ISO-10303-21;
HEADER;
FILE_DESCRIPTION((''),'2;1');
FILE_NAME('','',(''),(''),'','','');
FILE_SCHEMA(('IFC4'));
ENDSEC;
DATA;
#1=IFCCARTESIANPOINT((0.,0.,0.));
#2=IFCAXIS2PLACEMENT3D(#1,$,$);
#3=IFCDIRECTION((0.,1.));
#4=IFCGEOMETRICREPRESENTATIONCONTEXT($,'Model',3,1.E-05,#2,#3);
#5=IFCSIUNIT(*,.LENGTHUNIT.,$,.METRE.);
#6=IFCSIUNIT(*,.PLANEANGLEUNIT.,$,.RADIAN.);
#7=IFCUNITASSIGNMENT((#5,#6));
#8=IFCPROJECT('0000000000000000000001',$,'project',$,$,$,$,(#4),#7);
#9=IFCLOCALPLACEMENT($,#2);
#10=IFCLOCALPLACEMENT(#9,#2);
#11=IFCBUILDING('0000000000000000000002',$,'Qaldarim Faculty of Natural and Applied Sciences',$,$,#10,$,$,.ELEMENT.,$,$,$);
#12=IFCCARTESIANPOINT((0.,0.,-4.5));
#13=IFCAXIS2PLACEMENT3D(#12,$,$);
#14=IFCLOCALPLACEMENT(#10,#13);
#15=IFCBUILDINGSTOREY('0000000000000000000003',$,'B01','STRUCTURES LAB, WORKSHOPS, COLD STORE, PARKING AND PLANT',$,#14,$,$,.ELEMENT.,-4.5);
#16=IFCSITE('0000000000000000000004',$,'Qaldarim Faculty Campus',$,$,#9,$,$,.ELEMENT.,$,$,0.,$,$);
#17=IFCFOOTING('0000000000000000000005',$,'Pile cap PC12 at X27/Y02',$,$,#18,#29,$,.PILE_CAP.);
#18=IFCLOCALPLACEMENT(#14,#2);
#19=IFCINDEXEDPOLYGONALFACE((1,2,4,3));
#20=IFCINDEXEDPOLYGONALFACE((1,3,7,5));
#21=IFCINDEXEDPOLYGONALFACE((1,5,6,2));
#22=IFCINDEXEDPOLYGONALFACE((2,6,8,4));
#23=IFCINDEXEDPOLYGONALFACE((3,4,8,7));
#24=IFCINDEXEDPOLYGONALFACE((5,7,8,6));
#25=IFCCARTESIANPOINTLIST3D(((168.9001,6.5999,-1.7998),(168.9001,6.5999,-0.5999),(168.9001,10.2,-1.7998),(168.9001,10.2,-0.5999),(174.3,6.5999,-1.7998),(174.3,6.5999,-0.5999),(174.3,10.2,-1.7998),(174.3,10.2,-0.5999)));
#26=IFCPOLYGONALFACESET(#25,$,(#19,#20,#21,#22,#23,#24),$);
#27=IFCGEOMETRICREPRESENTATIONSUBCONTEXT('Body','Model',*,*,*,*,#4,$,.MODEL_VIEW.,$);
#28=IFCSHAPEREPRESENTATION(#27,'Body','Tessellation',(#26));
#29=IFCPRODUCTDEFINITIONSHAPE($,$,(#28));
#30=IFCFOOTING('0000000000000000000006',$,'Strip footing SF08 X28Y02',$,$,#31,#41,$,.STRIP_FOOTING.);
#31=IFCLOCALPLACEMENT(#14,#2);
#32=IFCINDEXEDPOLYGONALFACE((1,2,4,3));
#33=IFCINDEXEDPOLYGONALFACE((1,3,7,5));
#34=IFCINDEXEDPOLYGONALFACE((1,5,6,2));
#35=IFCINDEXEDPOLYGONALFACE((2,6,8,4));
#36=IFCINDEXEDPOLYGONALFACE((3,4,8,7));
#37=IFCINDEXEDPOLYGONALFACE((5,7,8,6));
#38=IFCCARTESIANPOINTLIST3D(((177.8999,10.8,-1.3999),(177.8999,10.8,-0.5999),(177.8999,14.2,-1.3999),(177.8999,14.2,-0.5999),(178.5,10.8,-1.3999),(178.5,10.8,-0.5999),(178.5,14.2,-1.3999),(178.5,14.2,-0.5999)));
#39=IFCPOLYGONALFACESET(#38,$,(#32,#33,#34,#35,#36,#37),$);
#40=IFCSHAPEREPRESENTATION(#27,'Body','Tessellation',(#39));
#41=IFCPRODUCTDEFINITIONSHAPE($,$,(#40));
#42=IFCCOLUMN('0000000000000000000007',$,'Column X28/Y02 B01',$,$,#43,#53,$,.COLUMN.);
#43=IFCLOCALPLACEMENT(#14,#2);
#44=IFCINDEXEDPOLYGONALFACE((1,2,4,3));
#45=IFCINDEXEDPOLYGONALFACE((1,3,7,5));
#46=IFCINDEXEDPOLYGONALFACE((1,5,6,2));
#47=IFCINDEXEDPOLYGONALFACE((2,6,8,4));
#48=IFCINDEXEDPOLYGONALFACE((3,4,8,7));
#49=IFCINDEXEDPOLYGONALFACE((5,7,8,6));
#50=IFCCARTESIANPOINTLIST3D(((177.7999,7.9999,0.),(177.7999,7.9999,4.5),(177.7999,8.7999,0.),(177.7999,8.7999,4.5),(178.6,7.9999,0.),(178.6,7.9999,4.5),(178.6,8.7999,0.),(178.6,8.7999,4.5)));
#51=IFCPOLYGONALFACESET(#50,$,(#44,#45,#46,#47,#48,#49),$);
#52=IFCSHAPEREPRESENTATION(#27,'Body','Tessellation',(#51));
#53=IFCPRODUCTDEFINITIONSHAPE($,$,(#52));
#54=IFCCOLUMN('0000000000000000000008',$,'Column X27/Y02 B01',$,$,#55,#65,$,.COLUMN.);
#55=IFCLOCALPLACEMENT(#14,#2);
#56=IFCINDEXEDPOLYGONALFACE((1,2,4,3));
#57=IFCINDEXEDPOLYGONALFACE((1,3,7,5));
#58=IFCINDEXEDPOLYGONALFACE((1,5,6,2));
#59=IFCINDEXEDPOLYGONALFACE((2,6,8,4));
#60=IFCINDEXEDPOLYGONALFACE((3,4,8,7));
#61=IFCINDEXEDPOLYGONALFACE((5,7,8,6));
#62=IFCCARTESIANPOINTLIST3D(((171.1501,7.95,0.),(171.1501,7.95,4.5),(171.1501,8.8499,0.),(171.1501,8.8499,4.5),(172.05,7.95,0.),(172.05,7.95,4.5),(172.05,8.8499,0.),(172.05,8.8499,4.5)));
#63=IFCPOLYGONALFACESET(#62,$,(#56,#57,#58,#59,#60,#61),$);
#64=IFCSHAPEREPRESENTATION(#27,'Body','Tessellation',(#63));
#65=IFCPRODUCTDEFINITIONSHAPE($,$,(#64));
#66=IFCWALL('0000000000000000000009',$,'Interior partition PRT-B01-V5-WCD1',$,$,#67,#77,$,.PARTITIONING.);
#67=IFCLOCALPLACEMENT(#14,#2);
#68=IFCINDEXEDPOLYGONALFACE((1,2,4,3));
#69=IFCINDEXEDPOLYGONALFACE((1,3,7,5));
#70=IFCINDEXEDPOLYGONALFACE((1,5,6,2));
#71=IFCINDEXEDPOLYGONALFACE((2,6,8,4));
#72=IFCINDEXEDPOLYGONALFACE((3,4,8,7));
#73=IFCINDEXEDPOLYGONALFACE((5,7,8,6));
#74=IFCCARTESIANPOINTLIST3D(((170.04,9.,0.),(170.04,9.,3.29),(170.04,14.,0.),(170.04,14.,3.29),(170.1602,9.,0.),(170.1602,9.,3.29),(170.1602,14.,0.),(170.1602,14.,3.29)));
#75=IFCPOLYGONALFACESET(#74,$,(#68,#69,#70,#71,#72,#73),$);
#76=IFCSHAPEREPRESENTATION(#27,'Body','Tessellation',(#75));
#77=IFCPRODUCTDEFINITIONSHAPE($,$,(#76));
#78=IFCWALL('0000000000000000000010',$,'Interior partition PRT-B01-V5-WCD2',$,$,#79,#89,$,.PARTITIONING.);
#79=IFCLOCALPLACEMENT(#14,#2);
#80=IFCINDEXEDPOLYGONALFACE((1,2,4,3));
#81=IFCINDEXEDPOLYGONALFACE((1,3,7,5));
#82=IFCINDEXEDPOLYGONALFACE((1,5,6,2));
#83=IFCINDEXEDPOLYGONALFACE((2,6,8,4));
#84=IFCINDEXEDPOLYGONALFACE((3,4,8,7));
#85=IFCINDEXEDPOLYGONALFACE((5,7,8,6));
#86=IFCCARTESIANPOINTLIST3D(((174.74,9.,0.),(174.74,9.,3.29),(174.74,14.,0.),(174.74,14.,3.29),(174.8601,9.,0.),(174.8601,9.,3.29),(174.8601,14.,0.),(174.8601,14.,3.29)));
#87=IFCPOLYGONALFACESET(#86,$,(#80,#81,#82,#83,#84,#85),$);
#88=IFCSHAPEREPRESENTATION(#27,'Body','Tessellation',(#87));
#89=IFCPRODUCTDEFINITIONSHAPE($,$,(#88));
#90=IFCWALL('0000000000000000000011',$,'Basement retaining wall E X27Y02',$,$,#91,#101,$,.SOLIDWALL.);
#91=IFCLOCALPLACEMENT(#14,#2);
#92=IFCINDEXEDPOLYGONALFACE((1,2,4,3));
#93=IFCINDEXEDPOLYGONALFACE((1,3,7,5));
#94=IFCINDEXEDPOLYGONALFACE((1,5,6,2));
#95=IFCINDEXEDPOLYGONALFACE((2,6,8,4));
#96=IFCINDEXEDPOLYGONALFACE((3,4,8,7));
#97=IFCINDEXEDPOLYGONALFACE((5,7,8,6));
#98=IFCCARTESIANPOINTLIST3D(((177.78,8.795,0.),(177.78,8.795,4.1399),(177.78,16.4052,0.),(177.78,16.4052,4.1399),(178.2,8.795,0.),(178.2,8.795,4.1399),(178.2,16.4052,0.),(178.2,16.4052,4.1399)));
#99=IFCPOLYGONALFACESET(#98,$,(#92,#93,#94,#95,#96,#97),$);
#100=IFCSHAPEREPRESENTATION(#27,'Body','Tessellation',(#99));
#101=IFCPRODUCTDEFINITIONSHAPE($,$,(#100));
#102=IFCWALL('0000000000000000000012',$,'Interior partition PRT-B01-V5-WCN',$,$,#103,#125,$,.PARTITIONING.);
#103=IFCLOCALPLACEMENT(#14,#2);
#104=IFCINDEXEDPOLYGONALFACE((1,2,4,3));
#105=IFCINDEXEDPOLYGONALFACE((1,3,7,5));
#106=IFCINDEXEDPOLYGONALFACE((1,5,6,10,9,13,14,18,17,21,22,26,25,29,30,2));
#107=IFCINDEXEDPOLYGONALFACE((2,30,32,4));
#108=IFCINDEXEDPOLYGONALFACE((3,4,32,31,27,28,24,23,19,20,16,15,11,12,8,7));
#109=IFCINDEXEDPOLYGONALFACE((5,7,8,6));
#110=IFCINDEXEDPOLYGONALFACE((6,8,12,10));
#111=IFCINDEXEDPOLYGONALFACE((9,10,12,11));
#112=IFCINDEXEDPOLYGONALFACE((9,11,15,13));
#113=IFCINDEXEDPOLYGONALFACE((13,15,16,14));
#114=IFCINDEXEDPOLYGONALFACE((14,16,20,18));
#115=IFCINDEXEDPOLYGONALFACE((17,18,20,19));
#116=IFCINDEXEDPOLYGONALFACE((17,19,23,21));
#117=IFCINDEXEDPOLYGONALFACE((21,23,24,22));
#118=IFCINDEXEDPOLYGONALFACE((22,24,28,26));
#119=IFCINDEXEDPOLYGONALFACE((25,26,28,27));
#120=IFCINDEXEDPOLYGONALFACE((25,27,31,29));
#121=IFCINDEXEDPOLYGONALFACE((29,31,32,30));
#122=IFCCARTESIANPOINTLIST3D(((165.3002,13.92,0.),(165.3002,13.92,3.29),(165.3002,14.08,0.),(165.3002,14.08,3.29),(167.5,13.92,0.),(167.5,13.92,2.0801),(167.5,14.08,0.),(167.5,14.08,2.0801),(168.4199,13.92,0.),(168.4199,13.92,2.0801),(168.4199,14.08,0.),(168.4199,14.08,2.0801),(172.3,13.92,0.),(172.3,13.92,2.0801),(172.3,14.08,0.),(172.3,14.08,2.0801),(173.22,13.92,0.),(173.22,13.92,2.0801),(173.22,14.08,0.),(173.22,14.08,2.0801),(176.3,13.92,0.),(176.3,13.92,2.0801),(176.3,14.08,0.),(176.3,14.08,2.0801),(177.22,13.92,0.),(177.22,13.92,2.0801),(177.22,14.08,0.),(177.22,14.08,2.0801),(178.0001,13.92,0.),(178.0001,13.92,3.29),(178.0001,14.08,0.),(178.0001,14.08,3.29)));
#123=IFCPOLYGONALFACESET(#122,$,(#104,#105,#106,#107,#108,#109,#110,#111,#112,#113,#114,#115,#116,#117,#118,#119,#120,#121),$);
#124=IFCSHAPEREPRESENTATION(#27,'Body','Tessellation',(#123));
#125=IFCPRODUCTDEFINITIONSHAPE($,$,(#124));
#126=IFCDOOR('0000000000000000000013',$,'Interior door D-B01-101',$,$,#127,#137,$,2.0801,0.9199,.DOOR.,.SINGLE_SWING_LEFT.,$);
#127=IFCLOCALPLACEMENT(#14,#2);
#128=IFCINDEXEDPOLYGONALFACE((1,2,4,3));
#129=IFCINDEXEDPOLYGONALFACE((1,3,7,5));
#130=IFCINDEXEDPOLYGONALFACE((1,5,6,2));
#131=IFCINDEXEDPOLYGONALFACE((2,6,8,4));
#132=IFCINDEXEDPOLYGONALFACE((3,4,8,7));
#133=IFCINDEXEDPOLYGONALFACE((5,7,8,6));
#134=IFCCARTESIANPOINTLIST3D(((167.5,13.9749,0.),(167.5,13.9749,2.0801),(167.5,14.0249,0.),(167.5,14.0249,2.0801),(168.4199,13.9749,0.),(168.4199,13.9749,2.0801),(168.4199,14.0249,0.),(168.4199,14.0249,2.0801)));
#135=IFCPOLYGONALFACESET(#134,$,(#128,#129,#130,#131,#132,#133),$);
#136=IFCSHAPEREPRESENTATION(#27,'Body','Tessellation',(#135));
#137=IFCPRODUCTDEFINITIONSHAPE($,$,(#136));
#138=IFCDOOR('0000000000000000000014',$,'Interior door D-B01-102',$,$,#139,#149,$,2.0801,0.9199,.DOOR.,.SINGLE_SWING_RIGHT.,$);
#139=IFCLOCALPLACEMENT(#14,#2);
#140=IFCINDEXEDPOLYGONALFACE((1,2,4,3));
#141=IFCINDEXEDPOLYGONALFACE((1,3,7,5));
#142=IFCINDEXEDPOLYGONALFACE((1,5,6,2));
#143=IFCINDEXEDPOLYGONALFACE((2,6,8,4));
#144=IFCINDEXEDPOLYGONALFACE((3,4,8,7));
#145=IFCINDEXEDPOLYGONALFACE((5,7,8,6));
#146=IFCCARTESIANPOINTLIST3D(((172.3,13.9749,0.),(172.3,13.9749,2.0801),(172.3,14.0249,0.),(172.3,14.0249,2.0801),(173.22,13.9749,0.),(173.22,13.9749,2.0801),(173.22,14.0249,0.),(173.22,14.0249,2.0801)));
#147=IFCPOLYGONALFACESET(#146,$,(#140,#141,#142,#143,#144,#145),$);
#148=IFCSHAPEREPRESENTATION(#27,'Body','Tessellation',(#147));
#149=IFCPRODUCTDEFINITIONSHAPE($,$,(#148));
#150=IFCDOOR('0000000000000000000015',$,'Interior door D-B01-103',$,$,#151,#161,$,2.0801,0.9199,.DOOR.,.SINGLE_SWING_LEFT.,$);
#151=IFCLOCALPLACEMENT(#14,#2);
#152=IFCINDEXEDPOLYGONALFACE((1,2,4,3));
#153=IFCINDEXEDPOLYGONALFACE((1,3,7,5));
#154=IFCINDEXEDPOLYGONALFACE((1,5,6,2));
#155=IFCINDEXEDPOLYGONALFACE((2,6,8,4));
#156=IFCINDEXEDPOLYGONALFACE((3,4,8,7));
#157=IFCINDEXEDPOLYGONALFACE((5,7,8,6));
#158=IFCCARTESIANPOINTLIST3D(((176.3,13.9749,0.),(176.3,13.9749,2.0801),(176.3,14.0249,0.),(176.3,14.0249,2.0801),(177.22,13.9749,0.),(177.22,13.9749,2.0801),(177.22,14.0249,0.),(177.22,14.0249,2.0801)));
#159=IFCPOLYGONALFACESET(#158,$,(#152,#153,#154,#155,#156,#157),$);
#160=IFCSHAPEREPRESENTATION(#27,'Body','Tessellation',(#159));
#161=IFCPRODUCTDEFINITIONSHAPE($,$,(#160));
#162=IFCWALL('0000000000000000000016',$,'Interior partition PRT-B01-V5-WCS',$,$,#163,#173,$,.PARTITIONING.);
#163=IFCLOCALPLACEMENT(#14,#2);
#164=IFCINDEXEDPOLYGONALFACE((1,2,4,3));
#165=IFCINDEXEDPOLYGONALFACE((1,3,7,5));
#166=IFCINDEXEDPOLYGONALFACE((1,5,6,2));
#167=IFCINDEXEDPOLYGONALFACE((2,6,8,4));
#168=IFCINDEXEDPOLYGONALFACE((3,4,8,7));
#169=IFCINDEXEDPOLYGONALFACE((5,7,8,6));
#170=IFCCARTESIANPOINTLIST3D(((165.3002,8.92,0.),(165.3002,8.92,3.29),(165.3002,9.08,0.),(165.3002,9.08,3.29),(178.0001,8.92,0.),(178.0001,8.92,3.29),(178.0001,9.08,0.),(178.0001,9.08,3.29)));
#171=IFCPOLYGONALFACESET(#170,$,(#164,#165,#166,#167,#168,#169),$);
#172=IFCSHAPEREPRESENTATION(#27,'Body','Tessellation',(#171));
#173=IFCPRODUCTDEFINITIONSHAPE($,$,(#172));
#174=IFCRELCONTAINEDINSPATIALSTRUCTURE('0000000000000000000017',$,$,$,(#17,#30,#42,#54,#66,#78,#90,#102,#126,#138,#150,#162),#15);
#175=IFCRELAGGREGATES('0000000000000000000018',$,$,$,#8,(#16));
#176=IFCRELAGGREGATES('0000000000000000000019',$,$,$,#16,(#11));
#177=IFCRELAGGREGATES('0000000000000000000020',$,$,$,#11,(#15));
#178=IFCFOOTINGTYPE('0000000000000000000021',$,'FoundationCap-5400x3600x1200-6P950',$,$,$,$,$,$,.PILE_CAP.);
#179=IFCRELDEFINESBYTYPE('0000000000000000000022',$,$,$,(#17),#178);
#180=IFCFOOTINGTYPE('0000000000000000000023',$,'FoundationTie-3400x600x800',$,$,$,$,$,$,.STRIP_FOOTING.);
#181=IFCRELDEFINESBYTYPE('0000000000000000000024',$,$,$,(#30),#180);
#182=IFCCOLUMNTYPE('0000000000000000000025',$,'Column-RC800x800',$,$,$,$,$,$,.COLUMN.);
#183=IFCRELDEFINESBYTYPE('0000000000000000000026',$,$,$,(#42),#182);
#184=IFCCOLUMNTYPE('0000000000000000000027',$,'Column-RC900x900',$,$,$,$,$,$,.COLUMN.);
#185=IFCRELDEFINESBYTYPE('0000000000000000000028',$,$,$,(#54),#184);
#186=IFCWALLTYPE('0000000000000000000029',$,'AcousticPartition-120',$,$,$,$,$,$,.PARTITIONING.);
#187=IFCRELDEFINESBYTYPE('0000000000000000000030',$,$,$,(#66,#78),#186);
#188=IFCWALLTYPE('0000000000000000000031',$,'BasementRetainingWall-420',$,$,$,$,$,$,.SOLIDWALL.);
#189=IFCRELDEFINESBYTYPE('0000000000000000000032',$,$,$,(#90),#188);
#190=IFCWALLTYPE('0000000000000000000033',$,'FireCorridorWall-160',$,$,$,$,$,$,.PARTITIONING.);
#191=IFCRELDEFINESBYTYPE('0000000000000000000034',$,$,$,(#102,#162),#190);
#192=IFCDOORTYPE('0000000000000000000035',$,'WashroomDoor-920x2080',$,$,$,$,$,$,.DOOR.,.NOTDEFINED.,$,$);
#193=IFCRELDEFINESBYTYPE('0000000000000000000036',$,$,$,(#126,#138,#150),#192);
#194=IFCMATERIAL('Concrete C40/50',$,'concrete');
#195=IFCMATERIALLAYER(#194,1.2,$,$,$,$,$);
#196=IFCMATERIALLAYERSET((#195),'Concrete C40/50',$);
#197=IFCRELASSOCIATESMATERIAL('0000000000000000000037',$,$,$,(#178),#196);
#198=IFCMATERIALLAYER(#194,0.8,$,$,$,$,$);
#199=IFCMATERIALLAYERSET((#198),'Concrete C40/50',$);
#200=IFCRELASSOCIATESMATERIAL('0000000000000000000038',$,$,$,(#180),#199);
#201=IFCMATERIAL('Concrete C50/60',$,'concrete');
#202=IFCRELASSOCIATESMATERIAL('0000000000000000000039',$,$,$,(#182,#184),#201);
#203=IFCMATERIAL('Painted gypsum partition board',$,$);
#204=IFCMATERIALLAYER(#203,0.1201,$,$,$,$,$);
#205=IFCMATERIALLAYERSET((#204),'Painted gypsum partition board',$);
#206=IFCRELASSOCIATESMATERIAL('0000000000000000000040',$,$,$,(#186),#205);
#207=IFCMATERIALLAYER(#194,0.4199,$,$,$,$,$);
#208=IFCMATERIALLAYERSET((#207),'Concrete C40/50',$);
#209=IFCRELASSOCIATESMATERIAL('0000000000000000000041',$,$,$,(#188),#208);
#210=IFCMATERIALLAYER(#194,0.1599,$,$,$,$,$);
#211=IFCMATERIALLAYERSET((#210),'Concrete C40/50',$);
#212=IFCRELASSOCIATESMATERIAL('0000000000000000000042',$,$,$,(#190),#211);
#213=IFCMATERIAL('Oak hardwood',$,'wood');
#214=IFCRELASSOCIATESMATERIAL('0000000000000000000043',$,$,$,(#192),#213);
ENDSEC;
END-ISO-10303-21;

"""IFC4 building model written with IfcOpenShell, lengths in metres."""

from ifc_helpers import new_model, si_unit, direction, frame, frame_2d, origin, origin_2d, place, context, subcontext, project, spatial, rectangle, extrude, material, layer, layer_set, material_profile, profile_set, type_object, element, fill, save


model = new_model("IFC4")

# Units and contexts
model_context = context("Model", 3, precision=1e-05, world=origin(), true_north=direction((0.0, 1.0)))
body_context = subcontext(model_context, "Body", "Model", "MODEL_VIEW")
ifc_project = project(units=[si_unit("LENGTHUNIT", "METRE"), si_unit("PLANEANGLEUNIT", "RADIAN")], contexts=[model_context])

# Site, building, storey
site_placement = place(None, origin())
site = spatial("IfcSite", under=ifc_project, at=site_placement, Name="Qaldarim Faculty Campus", CompositionType="ELEMENT", RefElevation=0.0)
building_placement = place(site_placement, origin())
building = spatial("IfcBuilding", under=site, at=building_placement, Name="Qaldarim Faculty of Natural and Applied Sciences", CompositionType="ELEMENT")
storey_placement = place(building_placement, frame((0.0, 0.0, -4.5)))
storey = spatial("IfcBuildingStorey", under=building, at=storey_placement, Name="B01", Description="STRUCTURES LAB, WORKSHOPS, COLD STORE, PARKING AND PLANT", CompositionType="ELEMENT", Elevation=-4.5)

# Shared definitions
ifc_material_1 = material(Name="Concrete C40/50", Category="concrete")

# Footings
ifc_layer_1 = layer(ifc_material_1, 1.2)
ifc_layer_set_1 = layer_set([ifc_layer_1], Name="Concrete C40/50")
footing_type_1 = type_object("IfcFootingType", Name="FoundationCap-5400x3600x1200-6P950", PredefinedType="PILE_CAP", material=ifc_layer_set_1)
footing_1_placement = place(storey_placement, frame((171.6001, 8.3999, -1.7998), z_axis=(0.0, 0.0, 1.0), x_axis=(1.0, 0.0, 0.0)))
element("IfcFooting", 1, at=footing_1_placement, inside=storey, type_object=footing_type_1, Name="Pile cap PC12 at X27/Y02", PredefinedType="PILE_CAP", context=body_context, shape_type="SweptSolid", body=[
    extrude(rectangle(XDim=5.3999, YDim=3.6001, at=origin_2d()), origin(), (0.0, 0.0, 1.0), 1.2),
])
ifc_layer_2 = layer(ifc_material_1, 0.8)
ifc_layer_set_2 = layer_set([ifc_layer_2], Name="Concrete C40/50")
footing_type_2 = type_object("IfcFootingType", Name="FoundationTie-3400x600x800", PredefinedType="STRIP_FOOTING", material=ifc_layer_set_2)
footing_2_placement = place(storey_placement, frame((178.2, 12.5, -1.3999), z_axis=(0.0, 0.0, 1.0), x_axis=(0.0, 1.0, 0.0)))
element("IfcFooting", 2, at=footing_2_placement, inside=storey, type_object=footing_type_2, Name="Strip footing SF08 X28Y02", PredefinedType="STRIP_FOOTING", context=body_context, shape_type="SweptSolid", body=[
    extrude(rectangle(XDim=3.3999, YDim=0.6001, at=origin_2d()), origin(), (0.0, 0.0, 1.0), 0.8),
])

# Columns
ifc_material_2 = material(Name="Concrete C50/60", Category="concrete")
ifc_material_profile_1 = material_profile(ifc_material_2, rectangle(XDim=0.8, YDim=0.8, at=origin_2d()), Name="RC-C800x800")
ifc_profile_set_1 = profile_set([ifc_material_profile_1], Name="Concrete C50/60")
column_type_1 = type_object("IfcColumnType", Name="Column-RC800x800", PredefinedType="COLUMN", material=ifc_profile_set_1)
column_1_placement = place(storey_placement, frame((178.2, 8.3999, 0.0), z_axis=(0.0, 0.0, 1.0), x_axis=(1.0, 0.0, 0.0)))
element("IfcColumn", 3, at=column_1_placement, inside=storey, type_object=column_type_1, Name="Column X28/Y02 B01", PredefinedType="COLUMN", context=body_context, shape_type="SweptSolid", body=[
    extrude(rectangle(XDim=0.8, YDim=0.8, at=origin_2d()), origin(), (0.0, 0.0, 1.0), 4.5),
])
ifc_material_profile_2 = material_profile(ifc_material_2, rectangle(XDim=0.8999, YDim=0.8999, at=origin_2d()), Name="RC-C900x900")
ifc_profile_set_2 = profile_set([ifc_material_profile_2], Name="Concrete C50/60")
column_type_2 = type_object("IfcColumnType", Name="Column-RC900x900", PredefinedType="COLUMN", material=ifc_profile_set_2)
column_2_placement = place(storey_placement, frame((171.6001, 8.3999, 0.0), z_axis=(0.0, 0.0, 1.0), x_axis=(1.0, 0.0, 0.0)))
element("IfcColumn", 4, at=column_2_placement, inside=storey, type_object=column_type_2, Name="Column X27/Y02 B01", PredefinedType="COLUMN", context=body_context, shape_type="SweptSolid", body=[
    extrude(rectangle(XDim=0.8999, YDim=0.8999, at=origin_2d()), origin(), (0.0, 0.0, 1.0), 4.5),
])

# Walls
ifc_material_3 = material(Name="Painted gypsum partition board")
ifc_layer_3 = layer(ifc_material_3, 0.1201)
ifc_layer_set_3 = layer_set([ifc_layer_3], Name="Painted gypsum partition board")
wall_type_1 = type_object("IfcWallType", Name="AcousticPartition-120", PredefinedType="PARTITIONING", material=ifc_layer_set_3)
for number, where, z_axis, x_axis, name in (
    (5, (170.1001, 9.0, 0.0), (0.0, 0.0, 1.0), (0.0, 1.0, 0.0), "Interior partition PRT-B01-V5-WCD1"),
    (6, (174.8, 9.0, 0.0), (0.0, 0.0, 1.0), (0.0, 1.0, 0.0), "Interior partition PRT-B01-V5-WCD2"),
):
    element("IfcWall", number, at=place(storey_placement, frame(where, z_axis=z_axis, x_axis=x_axis)), inside=storey, type_object=wall_type_1, Name=name, PredefinedType="PARTITIONING", context=body_context, shape_type="SweptSolid", body=[
        extrude(rectangle(XDim=5.0, YDim=0.1201, at=frame_2d((2.5, 0.0))), origin(), (0.0, 0.0, 1.0), 3.29),
    ])
ifc_layer_4 = layer(ifc_material_1, 0.4199)
ifc_layer_set_4 = layer_set([ifc_layer_4], Name="Concrete C40/50")
wall_type_2 = type_object("IfcWallType", Name="BasementRetainingWall-420", PredefinedType="SOLIDWALL", material=ifc_layer_set_4)
wall_1_placement = place(storey_placement, frame((177.99, 8.7949, 0.0), z_axis=(0.0, 0.0, 1.0), x_axis=(0.0, 1.0, 0.0)))
element("IfcWall", 7, at=wall_1_placement, inside=storey, type_object=wall_type_2, Name="Basement retaining wall E X27Y02", PredefinedType="SOLIDWALL", context=body_context, shape_type="SweptSolid", body=[
    extrude(rectangle(XDim=7.6101, YDim=0.4199, at=frame_2d((3.8052, 0.0))), origin(), (0.0, 0.0, 1.0), 4.1399),
])

# Wall, openings, doors
ifc_layer_5 = layer(ifc_material_1, 0.1599)
ifc_layer_set_5 = layer_set([ifc_layer_5], Name="Concrete C40/50")
wall_type_3 = type_object("IfcWallType", Name="FireCorridorWall-160", PredefinedType="PARTITIONING", material=ifc_layer_set_5)
wall_2_placement = place(storey_placement, frame((165.3, 14.0, 0.0), z_axis=(0.0, 0.0, 1.0), x_axis=(1.0, 0.0, 0.0)))
wall_2 = element("IfcWall", 8, at=wall_2_placement, inside=storey, type_object=wall_type_3, Name="Interior partition PRT-B01-V5-WCN", PredefinedType="PARTITIONING", context=body_context, shape_type="SweptSolid", body=[
    extrude(rectangle(XDim=12.7, YDim=0.1599, at=frame_2d((6.3501, 0.0))), origin(), (0.0, 0.0, 1.0), 3.29),
])
opening_1_placement = place(wall_2_placement, frame((2.2, 0.0, 0.0)))
opening_1 = element("IfcOpeningElement", 9, at=opening_1_placement, cuts=wall_2, PredefinedType="OPENING", context=body_context, shape_type="SweptSolid", body=[
    extrude(rectangle(XDim=0.9199, YDim=2.0801, at=frame_2d((0.46, 1.04))), frame((0.0, 0.0898, 0.0), z_axis=(0.0, -1.0, 0.0), x_axis=(1.0, 0.0, 0.0)), (0.0, 0.0, 1.0), 0.1799),
])
opening_2_placement = place(wall_2_placement, frame((7.0, 0.0, 0.0)))
opening_2 = element("IfcOpeningElement", 10, at=opening_2_placement, cuts=wall_2, PredefinedType="OPENING", context=body_context, shape_type="SweptSolid", body=[
    extrude(rectangle(XDim=0.9199, YDim=2.0801, at=frame_2d((0.46, 1.04))), frame((0.0, 0.0898, 0.0), z_axis=(0.0, -1.0, 0.0), x_axis=(1.0, 0.0, 0.0)), (0.0, 0.0, 1.0), 0.1799),
])
opening_3_placement = place(wall_2_placement, frame((11.0, 0.0, 0.0)))
opening_3 = element("IfcOpeningElement", 11, at=opening_3_placement, cuts=wall_2, PredefinedType="OPENING", context=body_context, shape_type="SweptSolid", body=[
    extrude(rectangle(XDim=0.9199, YDim=2.0801, at=frame_2d((0.46, 1.04))), frame((0.0, 0.0898, 0.0), z_axis=(0.0, -1.0, 0.0), x_axis=(1.0, 0.0, 0.0)), (0.0, 0.0, 1.0), 0.1799),
])
ifc_material_4 = material(Name="Oak hardwood", Category="wood")
door_type = type_object("IfcDoorType", Name="WashroomDoor-920x2080", OperationType="NOTDEFINED", PredefinedType="DOOR", material=ifc_material_4)
door_1_placement = place(opening_1_placement, origin())
door_1 = element("IfcDoor", 12, at=door_1_placement, inside=storey, type_object=door_type, Name="Interior door D-B01-101", OperationType="SINGLE_SWING_LEFT", OverallHeight=2.0801, OverallWidth=0.9199, PredefinedType="DOOR", context=body_context, shape_type="SweptSolid", body=[
    extrude(rectangle(XDim=0.9199, YDim=2.0801, at=frame_2d((0.46, 1.04))), frame((0.0, 0.0249, 0.0), z_axis=(0.0, -1.0, 0.0), x_axis=(1.0, 0.0, 0.0)), (0.0, 0.0, 1.0), 0.05),
])
fill(opening_1, door_1)
door_2_placement = place(opening_2_placement, origin())
door_2 = element("IfcDoor", 13, at=door_2_placement, inside=storey, type_object=door_type, Name="Interior door D-B01-102", OperationType="SINGLE_SWING_RIGHT", OverallHeight=2.0801, OverallWidth=0.9199, PredefinedType="DOOR", context=body_context, shape_type="SweptSolid", body=[
    extrude(rectangle(XDim=0.9199, YDim=2.0801, at=frame_2d((0.46, 1.04))), frame((0.0, 0.0249, 0.0), z_axis=(0.0, -1.0, 0.0), x_axis=(1.0, 0.0, 0.0)), (0.0, 0.0, 1.0), 0.05),
])
fill(opening_2, door_2)
door_3_placement = place(opening_3_placement, origin())
door_3 = element("IfcDoor", 14, at=door_3_placement, inside=storey, type_object=door_type, Name="Interior door D-B01-103", OperationType="SINGLE_SWING_LEFT", OverallHeight=2.0801, OverallWidth=0.9199, PredefinedType="DOOR", context=body_context, shape_type="SweptSolid", body=[
    extrude(rectangle(XDim=0.9199, YDim=2.0801, at=frame_2d((0.46, 1.04))), frame((0.0, 0.0249, 0.0), z_axis=(0.0, -1.0, 0.0), x_axis=(1.0, 0.0, 0.0)), (0.0, 0.0, 1.0), 0.05),
])
fill(opening_3, door_3)

# Wall
wall_3_placement = place(storey_placement, frame((165.3, 9.0, 0.0), z_axis=(0.0, 0.0, 1.0), x_axis=(1.0, 0.0, 0.0)))
element("IfcWall", 15, at=wall_3_placement, inside=storey, type_object=wall_type_3, Name="Interior partition PRT-B01-V5-WCS", PredefinedType="PARTITIONING", context=body_context, shape_type="SweptSolid", body=[
    extrude(rectangle(XDim=12.7, YDim=0.1599, at=frame_2d((6.3501, 0.0))), origin(), (0.0, 0.0, 1.0), 3.29),
])

save(model, "model.ifc")
